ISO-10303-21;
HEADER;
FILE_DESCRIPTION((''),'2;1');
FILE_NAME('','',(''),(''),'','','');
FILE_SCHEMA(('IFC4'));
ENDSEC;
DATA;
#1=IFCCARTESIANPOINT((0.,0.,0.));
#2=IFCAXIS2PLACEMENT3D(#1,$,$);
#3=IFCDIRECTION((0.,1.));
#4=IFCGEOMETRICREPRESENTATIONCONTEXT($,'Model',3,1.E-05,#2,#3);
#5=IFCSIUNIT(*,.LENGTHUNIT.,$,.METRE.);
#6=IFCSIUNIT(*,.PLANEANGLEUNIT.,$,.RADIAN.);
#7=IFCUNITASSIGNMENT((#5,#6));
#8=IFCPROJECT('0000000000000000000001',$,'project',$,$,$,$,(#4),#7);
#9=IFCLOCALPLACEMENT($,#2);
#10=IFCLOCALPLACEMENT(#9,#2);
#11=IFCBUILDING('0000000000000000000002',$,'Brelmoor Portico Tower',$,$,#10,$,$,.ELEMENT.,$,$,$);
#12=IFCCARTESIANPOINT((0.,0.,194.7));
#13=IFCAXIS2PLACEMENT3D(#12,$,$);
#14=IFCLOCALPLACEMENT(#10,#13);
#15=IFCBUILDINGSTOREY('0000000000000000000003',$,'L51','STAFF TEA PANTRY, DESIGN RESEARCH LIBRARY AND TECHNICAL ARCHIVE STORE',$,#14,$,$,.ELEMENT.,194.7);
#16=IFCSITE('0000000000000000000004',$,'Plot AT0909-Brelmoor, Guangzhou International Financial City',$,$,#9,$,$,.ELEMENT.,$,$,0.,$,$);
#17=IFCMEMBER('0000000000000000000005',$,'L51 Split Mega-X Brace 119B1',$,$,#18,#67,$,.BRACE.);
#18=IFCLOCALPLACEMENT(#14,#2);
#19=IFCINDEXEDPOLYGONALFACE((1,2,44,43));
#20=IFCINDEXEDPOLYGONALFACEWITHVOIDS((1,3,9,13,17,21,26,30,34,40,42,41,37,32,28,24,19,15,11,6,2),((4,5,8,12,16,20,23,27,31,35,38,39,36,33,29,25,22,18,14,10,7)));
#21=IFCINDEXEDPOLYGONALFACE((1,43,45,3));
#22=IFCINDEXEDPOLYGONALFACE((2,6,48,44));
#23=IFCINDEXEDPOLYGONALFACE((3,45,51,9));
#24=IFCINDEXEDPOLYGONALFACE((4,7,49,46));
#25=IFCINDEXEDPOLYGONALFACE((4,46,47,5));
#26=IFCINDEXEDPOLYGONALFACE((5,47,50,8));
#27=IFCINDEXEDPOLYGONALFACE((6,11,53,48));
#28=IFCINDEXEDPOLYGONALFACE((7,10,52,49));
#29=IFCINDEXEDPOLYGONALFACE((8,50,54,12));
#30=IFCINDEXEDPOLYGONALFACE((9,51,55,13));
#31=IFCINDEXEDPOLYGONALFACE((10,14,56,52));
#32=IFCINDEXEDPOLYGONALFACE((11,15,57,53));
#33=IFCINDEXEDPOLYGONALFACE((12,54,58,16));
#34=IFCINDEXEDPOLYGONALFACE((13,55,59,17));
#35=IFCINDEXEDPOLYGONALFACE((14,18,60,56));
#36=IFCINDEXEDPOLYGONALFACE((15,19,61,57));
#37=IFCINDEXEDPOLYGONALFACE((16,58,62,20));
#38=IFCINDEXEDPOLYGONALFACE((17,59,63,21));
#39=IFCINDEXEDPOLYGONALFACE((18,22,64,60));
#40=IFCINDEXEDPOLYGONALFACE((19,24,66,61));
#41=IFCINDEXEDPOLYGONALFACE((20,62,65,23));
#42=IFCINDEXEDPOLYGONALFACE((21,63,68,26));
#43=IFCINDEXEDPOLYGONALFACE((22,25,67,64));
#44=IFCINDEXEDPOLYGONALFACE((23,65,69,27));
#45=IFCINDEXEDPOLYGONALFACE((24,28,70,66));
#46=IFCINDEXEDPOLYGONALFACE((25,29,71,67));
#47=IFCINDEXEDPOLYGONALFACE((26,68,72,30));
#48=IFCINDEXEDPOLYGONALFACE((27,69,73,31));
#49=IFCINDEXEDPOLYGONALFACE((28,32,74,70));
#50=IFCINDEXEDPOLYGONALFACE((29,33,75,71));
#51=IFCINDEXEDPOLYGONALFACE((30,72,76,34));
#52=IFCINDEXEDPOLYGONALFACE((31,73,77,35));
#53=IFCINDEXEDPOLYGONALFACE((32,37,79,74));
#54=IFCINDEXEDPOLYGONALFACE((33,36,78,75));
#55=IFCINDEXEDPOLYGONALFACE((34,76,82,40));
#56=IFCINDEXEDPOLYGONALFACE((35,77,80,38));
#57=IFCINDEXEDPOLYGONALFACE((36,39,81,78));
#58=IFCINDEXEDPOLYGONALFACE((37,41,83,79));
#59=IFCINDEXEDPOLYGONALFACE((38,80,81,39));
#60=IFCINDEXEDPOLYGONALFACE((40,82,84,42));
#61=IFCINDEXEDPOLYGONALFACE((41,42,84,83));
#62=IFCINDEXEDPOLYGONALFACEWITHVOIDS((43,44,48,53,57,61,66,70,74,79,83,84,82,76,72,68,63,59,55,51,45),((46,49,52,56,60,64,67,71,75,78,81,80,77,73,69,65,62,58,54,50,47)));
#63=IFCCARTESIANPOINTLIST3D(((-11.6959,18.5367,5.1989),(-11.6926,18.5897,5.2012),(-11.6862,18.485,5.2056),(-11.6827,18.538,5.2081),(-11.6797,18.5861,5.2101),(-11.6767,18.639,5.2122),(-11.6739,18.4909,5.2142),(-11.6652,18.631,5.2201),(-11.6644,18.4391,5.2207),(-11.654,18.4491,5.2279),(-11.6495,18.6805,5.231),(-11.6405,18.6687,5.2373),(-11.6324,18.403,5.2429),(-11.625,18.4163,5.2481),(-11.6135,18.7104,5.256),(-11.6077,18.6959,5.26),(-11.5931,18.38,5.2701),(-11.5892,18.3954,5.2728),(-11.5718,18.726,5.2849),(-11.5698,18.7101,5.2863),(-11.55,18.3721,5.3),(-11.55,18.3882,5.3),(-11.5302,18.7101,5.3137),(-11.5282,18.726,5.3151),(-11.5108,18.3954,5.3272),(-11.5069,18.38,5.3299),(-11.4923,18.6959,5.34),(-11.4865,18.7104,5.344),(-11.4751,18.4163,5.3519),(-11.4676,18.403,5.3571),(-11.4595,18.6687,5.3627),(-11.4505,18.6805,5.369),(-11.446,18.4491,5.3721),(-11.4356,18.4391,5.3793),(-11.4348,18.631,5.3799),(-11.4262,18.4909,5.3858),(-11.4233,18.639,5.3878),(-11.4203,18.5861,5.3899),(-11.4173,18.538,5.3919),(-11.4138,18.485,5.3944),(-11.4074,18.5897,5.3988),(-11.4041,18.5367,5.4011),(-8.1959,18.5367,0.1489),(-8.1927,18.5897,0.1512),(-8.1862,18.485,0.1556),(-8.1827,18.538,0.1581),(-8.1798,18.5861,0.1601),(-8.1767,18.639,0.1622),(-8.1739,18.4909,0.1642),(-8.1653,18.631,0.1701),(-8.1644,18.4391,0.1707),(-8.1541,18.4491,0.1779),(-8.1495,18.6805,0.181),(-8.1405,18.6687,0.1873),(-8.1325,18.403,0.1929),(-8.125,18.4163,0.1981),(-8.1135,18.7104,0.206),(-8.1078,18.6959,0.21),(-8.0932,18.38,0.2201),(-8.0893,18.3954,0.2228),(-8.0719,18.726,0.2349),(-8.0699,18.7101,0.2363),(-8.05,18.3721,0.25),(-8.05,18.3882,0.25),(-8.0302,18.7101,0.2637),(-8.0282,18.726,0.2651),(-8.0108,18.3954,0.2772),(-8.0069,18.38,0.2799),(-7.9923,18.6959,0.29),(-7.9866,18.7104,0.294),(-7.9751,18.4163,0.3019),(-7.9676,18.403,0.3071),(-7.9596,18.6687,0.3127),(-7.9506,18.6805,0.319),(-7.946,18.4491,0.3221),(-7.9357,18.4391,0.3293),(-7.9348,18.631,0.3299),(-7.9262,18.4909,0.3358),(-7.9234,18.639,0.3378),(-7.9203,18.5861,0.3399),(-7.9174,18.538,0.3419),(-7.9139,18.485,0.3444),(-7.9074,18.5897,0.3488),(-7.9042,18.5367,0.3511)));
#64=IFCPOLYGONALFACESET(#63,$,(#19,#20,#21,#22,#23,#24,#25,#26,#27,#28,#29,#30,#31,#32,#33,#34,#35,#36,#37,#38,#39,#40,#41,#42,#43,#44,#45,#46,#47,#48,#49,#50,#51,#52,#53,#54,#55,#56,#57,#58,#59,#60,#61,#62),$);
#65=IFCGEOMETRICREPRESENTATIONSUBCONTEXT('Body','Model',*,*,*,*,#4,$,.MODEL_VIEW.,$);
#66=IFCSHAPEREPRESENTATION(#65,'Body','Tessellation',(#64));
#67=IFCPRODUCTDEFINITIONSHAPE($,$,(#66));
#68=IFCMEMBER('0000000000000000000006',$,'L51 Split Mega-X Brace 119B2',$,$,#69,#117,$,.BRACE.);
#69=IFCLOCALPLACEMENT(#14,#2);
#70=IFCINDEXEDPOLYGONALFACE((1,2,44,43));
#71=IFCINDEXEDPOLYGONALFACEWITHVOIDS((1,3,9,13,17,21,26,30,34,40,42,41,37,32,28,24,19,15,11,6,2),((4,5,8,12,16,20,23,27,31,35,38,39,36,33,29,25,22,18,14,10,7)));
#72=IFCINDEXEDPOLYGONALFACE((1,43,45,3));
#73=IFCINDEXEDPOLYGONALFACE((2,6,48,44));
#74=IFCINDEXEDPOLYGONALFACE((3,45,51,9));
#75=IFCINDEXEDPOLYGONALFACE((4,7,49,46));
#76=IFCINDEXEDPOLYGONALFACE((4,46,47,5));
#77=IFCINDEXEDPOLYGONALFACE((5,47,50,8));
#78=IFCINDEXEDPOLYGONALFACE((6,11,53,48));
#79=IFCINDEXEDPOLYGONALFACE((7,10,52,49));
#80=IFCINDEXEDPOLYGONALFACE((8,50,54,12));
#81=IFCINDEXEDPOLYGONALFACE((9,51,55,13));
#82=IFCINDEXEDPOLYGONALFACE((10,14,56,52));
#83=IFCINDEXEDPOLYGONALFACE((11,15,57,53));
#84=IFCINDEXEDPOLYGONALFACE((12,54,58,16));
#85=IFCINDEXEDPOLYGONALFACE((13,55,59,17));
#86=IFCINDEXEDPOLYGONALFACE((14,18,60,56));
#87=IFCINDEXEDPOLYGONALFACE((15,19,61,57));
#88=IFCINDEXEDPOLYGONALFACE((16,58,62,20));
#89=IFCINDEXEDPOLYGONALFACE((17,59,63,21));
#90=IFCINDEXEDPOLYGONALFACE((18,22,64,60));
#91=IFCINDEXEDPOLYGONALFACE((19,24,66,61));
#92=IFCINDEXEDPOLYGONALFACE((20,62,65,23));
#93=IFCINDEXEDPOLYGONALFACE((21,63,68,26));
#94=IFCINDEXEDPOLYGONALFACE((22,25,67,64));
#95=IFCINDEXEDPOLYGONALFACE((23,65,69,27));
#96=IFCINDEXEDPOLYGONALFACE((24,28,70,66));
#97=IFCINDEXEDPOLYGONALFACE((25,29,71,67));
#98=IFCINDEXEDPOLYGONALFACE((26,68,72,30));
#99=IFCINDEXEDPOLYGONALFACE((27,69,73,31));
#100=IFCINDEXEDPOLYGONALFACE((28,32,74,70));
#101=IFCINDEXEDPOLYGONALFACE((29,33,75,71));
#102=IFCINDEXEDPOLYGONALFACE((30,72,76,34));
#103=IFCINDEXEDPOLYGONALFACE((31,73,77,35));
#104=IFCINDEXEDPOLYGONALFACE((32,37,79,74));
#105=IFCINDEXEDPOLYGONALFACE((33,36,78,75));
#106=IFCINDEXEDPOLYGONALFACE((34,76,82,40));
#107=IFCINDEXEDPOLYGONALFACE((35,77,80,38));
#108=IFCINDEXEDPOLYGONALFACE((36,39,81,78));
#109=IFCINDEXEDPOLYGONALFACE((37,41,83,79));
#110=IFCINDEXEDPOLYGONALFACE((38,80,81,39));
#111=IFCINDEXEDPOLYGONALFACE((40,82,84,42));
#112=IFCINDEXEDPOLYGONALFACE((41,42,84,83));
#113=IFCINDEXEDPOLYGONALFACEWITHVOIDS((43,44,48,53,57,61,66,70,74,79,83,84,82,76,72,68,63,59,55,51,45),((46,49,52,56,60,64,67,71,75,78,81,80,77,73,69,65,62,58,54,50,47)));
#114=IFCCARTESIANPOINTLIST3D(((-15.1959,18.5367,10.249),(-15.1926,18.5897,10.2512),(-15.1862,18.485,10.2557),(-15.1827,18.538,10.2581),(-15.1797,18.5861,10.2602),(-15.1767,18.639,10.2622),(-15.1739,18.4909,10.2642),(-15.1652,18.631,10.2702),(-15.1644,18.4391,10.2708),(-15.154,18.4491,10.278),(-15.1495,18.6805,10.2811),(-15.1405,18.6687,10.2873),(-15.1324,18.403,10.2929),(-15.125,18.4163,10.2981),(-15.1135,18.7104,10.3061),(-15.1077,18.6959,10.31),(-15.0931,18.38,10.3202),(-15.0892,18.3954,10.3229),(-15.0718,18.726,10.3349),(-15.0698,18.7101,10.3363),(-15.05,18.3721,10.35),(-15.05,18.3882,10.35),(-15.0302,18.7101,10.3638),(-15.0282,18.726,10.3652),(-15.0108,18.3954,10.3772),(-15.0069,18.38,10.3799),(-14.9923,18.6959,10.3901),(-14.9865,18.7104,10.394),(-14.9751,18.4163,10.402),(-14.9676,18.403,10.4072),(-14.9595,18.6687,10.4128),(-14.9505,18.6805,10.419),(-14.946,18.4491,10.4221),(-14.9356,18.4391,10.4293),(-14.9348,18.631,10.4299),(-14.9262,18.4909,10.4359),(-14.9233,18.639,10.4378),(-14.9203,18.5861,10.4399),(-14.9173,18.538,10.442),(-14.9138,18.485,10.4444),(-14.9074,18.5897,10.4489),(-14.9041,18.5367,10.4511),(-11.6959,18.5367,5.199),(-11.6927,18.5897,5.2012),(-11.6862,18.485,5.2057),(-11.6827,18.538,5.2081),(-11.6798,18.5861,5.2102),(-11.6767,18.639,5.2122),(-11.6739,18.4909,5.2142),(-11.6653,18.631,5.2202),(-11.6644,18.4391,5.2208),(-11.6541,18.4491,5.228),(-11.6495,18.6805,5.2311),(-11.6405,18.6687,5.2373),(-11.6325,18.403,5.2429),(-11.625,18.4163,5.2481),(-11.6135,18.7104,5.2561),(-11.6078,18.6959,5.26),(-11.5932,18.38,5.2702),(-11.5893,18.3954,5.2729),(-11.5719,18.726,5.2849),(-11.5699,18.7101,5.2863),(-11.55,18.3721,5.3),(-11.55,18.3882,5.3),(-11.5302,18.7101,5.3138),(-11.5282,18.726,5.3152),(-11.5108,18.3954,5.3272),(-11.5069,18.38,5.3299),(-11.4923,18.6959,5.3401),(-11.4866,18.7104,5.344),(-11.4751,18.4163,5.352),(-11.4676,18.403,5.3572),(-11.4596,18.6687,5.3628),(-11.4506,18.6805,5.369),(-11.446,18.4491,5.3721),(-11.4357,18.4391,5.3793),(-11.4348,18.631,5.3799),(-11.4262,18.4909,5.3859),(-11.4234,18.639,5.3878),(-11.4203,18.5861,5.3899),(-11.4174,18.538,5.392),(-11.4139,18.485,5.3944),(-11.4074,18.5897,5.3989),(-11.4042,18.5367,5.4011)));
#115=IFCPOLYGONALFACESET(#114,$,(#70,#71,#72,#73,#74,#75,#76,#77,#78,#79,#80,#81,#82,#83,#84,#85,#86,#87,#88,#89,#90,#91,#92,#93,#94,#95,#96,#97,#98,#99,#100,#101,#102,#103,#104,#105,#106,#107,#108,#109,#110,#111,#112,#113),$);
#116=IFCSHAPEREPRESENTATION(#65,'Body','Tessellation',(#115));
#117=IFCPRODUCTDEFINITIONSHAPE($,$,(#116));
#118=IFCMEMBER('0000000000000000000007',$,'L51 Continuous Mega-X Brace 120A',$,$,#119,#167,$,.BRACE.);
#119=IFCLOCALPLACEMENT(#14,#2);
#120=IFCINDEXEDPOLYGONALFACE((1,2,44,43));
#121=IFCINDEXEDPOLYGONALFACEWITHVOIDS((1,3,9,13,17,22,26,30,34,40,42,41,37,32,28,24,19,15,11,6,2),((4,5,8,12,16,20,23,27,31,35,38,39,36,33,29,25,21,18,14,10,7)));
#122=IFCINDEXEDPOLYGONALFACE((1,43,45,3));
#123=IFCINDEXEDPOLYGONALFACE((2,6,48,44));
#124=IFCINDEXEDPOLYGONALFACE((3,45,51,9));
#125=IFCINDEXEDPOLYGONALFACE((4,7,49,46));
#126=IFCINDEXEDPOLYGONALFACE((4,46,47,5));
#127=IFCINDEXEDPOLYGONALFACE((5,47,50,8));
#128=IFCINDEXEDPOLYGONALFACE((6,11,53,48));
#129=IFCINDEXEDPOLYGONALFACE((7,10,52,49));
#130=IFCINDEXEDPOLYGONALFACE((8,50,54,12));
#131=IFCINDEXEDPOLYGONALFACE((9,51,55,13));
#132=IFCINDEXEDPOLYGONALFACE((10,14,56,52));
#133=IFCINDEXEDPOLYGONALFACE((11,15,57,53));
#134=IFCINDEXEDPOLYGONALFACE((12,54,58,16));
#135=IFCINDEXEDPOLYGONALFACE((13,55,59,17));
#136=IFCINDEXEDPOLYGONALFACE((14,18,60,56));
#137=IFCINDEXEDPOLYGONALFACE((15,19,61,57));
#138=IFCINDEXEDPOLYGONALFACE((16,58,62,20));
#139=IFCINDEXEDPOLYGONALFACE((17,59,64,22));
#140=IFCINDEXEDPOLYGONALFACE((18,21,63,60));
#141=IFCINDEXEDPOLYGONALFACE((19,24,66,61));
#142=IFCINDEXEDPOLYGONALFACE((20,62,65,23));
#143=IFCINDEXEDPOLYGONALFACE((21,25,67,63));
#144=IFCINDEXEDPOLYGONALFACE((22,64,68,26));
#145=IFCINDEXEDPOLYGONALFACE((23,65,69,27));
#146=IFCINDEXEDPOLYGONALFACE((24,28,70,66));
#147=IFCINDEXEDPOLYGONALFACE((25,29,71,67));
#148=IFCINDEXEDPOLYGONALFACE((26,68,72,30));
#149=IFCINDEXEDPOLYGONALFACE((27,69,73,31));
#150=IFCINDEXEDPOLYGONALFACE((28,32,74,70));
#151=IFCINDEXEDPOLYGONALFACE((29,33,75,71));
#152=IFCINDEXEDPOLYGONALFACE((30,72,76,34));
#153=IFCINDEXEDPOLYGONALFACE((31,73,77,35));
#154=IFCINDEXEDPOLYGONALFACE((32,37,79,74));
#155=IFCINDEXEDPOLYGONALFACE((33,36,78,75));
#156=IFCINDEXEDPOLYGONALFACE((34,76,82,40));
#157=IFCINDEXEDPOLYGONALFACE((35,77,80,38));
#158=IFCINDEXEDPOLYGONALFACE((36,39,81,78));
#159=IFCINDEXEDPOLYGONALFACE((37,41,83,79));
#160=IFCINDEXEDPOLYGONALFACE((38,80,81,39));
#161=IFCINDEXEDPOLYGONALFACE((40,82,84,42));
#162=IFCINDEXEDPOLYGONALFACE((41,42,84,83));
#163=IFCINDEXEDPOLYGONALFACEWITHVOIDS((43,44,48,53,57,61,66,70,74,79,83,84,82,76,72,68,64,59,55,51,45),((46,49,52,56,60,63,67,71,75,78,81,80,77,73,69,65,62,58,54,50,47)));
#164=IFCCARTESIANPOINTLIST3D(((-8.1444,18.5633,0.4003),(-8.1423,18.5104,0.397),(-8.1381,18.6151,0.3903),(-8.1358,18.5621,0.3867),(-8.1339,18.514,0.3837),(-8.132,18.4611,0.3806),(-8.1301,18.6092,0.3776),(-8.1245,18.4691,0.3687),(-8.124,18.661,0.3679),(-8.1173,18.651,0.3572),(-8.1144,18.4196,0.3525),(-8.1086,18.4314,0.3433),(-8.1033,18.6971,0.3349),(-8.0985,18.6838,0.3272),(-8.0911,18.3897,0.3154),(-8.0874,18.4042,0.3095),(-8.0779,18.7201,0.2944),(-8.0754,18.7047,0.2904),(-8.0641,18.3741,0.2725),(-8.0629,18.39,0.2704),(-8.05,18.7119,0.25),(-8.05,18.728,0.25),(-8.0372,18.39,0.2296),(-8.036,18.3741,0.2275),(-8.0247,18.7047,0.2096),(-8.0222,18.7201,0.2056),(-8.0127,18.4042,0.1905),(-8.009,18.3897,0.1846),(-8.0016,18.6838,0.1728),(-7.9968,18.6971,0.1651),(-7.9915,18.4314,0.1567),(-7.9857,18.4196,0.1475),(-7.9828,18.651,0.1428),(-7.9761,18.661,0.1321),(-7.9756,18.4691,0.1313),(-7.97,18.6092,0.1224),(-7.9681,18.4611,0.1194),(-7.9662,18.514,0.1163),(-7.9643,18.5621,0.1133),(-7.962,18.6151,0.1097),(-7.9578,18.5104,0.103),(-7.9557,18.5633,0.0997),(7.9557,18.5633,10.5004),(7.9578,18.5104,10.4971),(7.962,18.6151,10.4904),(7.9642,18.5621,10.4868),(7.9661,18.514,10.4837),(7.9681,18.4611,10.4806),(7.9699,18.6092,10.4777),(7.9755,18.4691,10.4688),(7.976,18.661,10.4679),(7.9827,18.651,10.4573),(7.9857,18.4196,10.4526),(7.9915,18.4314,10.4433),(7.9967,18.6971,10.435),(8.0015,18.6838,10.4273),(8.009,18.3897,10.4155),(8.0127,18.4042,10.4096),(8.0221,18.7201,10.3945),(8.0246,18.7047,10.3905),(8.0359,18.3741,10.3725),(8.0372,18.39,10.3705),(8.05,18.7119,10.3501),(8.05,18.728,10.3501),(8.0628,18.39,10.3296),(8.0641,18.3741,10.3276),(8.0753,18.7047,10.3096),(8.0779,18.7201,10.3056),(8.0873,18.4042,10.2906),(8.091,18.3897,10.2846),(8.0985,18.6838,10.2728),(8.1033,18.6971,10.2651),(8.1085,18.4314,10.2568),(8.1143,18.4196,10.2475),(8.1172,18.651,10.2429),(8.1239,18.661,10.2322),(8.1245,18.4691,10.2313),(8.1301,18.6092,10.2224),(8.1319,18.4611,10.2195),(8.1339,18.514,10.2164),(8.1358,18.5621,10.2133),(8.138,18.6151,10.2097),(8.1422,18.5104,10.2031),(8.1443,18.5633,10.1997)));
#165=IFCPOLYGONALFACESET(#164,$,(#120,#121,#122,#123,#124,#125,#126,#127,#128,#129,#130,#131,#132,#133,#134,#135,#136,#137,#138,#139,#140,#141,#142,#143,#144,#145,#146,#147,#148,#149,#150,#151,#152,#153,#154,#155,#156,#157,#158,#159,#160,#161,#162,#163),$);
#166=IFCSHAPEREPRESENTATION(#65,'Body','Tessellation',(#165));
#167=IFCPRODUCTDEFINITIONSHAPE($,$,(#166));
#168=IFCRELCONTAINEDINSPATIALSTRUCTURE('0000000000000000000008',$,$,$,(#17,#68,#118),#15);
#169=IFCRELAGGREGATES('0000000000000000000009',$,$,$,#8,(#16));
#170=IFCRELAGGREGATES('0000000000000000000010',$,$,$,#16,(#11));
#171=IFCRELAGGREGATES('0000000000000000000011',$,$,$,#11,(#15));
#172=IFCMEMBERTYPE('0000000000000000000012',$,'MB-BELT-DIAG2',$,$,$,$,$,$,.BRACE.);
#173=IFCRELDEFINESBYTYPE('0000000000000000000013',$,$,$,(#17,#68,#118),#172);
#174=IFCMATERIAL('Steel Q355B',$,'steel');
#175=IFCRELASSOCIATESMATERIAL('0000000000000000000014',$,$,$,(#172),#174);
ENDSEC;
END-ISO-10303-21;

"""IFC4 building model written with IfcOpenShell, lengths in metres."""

from ifc_helpers import new_model, si_unit, direction, frame, origin, origin_2d, place, context, subcontext, project, spatial, hollow_circle, extrude, material, material_profile, profile_set, type_object, element, save


model = new_model("IFC4")

# Units and contexts
model_context = context("Model", 3, precision=1e-05, world=origin(), true_north=direction((0.0, 1.0)))
body_context = subcontext(model_context, "Body", "Model", "MODEL_VIEW")
ifc_project = project(units=[si_unit("LENGTHUNIT", "METRE"), si_unit("PLANEANGLEUNIT", "RADIAN")], contexts=[model_context])

# Site, building, storey
site_placement = place(None, origin())
site = spatial("IfcSite", under=ifc_project, at=site_placement, Name="Plot AT0909-Brelmoor, Guangzhou International Financial City", CompositionType="ELEMENT", RefElevation=0.0)
building_placement = place(site_placement, origin())
building = spatial("IfcBuilding", under=site, at=building_placement, Name="Brelmoor Portico Tower", CompositionType="ELEMENT")
storey_placement = place(building_placement, frame((0.0, 0.0, 194.7)))
storey = spatial("IfcBuildingStorey", under=building, at=storey_placement, Name="L51", Description="STAFF TEA PANTRY, DESIGN RESEARCH LIBRARY AND TECHNICAL ARCHIVE STORE", CompositionType="ELEMENT", Elevation=194.7)

# Shared definitions
ifc_material_1 = material(Name="Steel Q355B", Category="steel")

# Members
ifc_material_profile_1 = material_profile(ifc_material_1, hollow_circle(Radius=0.178, WallThickness=0.0161, at=origin_2d()), Name="CHS 356x16")
ifc_profile_set_1 = profile_set([ifc_material_profile_1], Name="Steel Q355B")
member_type_1 = type_object("IfcMemberType", Name="MB-BELT-DIAG2", PredefinedType="BRACE", material=ifc_profile_set_1)
for number, where, z_axis, x_axis, name in (
    (1, (-8.05, 18.55, 0.25), (-0.569629, 0.0, 0.821902), (0.0, -1.0, 0.0), "L51 Split Mega-X Brace 119B1"),
    (2, (-11.55, 18.55, 5.3), (-0.569629, 0.0, 0.821902), (0.0, -1.0, 0.0), "L51 Split Mega-X Brace 119B2"),
):
    element("IfcMember", number, at=place(storey_placement, frame(where, z_axis=z_axis, x_axis=x_axis)), inside=storey, type_object=member_type_1, Name=name, PredefinedType="BRACE", context=body_context, shape_type="SweptSolid", body=[
        extrude(hollow_circle(Radius=0.178, WallThickness=0.0161, at=origin_2d()), origin(), (0.0, 0.0, 1.0), 6.1443),
    ])
member_1_placement = place(storey_placement, frame((-8.05, 18.55, 0.25), z_axis=(0.847109, 0.0, 0.531418), x_axis=(0.0, 1.0, 0.0)))
element("IfcMember", 3, at=member_1_placement, inside=storey, type_object=member_type_1, Name="L51 Continuous Mega-X Brace 120A", PredefinedType="BRACE", context=body_context, shape_type="SweptSolid", body=[
    extrude(hollow_circle(Radius=0.178, WallThickness=0.0161, at=origin_2d()), origin(), (0.0, 0.0, 1.0), 19.0059),
])

save(model, "model.ifc")
